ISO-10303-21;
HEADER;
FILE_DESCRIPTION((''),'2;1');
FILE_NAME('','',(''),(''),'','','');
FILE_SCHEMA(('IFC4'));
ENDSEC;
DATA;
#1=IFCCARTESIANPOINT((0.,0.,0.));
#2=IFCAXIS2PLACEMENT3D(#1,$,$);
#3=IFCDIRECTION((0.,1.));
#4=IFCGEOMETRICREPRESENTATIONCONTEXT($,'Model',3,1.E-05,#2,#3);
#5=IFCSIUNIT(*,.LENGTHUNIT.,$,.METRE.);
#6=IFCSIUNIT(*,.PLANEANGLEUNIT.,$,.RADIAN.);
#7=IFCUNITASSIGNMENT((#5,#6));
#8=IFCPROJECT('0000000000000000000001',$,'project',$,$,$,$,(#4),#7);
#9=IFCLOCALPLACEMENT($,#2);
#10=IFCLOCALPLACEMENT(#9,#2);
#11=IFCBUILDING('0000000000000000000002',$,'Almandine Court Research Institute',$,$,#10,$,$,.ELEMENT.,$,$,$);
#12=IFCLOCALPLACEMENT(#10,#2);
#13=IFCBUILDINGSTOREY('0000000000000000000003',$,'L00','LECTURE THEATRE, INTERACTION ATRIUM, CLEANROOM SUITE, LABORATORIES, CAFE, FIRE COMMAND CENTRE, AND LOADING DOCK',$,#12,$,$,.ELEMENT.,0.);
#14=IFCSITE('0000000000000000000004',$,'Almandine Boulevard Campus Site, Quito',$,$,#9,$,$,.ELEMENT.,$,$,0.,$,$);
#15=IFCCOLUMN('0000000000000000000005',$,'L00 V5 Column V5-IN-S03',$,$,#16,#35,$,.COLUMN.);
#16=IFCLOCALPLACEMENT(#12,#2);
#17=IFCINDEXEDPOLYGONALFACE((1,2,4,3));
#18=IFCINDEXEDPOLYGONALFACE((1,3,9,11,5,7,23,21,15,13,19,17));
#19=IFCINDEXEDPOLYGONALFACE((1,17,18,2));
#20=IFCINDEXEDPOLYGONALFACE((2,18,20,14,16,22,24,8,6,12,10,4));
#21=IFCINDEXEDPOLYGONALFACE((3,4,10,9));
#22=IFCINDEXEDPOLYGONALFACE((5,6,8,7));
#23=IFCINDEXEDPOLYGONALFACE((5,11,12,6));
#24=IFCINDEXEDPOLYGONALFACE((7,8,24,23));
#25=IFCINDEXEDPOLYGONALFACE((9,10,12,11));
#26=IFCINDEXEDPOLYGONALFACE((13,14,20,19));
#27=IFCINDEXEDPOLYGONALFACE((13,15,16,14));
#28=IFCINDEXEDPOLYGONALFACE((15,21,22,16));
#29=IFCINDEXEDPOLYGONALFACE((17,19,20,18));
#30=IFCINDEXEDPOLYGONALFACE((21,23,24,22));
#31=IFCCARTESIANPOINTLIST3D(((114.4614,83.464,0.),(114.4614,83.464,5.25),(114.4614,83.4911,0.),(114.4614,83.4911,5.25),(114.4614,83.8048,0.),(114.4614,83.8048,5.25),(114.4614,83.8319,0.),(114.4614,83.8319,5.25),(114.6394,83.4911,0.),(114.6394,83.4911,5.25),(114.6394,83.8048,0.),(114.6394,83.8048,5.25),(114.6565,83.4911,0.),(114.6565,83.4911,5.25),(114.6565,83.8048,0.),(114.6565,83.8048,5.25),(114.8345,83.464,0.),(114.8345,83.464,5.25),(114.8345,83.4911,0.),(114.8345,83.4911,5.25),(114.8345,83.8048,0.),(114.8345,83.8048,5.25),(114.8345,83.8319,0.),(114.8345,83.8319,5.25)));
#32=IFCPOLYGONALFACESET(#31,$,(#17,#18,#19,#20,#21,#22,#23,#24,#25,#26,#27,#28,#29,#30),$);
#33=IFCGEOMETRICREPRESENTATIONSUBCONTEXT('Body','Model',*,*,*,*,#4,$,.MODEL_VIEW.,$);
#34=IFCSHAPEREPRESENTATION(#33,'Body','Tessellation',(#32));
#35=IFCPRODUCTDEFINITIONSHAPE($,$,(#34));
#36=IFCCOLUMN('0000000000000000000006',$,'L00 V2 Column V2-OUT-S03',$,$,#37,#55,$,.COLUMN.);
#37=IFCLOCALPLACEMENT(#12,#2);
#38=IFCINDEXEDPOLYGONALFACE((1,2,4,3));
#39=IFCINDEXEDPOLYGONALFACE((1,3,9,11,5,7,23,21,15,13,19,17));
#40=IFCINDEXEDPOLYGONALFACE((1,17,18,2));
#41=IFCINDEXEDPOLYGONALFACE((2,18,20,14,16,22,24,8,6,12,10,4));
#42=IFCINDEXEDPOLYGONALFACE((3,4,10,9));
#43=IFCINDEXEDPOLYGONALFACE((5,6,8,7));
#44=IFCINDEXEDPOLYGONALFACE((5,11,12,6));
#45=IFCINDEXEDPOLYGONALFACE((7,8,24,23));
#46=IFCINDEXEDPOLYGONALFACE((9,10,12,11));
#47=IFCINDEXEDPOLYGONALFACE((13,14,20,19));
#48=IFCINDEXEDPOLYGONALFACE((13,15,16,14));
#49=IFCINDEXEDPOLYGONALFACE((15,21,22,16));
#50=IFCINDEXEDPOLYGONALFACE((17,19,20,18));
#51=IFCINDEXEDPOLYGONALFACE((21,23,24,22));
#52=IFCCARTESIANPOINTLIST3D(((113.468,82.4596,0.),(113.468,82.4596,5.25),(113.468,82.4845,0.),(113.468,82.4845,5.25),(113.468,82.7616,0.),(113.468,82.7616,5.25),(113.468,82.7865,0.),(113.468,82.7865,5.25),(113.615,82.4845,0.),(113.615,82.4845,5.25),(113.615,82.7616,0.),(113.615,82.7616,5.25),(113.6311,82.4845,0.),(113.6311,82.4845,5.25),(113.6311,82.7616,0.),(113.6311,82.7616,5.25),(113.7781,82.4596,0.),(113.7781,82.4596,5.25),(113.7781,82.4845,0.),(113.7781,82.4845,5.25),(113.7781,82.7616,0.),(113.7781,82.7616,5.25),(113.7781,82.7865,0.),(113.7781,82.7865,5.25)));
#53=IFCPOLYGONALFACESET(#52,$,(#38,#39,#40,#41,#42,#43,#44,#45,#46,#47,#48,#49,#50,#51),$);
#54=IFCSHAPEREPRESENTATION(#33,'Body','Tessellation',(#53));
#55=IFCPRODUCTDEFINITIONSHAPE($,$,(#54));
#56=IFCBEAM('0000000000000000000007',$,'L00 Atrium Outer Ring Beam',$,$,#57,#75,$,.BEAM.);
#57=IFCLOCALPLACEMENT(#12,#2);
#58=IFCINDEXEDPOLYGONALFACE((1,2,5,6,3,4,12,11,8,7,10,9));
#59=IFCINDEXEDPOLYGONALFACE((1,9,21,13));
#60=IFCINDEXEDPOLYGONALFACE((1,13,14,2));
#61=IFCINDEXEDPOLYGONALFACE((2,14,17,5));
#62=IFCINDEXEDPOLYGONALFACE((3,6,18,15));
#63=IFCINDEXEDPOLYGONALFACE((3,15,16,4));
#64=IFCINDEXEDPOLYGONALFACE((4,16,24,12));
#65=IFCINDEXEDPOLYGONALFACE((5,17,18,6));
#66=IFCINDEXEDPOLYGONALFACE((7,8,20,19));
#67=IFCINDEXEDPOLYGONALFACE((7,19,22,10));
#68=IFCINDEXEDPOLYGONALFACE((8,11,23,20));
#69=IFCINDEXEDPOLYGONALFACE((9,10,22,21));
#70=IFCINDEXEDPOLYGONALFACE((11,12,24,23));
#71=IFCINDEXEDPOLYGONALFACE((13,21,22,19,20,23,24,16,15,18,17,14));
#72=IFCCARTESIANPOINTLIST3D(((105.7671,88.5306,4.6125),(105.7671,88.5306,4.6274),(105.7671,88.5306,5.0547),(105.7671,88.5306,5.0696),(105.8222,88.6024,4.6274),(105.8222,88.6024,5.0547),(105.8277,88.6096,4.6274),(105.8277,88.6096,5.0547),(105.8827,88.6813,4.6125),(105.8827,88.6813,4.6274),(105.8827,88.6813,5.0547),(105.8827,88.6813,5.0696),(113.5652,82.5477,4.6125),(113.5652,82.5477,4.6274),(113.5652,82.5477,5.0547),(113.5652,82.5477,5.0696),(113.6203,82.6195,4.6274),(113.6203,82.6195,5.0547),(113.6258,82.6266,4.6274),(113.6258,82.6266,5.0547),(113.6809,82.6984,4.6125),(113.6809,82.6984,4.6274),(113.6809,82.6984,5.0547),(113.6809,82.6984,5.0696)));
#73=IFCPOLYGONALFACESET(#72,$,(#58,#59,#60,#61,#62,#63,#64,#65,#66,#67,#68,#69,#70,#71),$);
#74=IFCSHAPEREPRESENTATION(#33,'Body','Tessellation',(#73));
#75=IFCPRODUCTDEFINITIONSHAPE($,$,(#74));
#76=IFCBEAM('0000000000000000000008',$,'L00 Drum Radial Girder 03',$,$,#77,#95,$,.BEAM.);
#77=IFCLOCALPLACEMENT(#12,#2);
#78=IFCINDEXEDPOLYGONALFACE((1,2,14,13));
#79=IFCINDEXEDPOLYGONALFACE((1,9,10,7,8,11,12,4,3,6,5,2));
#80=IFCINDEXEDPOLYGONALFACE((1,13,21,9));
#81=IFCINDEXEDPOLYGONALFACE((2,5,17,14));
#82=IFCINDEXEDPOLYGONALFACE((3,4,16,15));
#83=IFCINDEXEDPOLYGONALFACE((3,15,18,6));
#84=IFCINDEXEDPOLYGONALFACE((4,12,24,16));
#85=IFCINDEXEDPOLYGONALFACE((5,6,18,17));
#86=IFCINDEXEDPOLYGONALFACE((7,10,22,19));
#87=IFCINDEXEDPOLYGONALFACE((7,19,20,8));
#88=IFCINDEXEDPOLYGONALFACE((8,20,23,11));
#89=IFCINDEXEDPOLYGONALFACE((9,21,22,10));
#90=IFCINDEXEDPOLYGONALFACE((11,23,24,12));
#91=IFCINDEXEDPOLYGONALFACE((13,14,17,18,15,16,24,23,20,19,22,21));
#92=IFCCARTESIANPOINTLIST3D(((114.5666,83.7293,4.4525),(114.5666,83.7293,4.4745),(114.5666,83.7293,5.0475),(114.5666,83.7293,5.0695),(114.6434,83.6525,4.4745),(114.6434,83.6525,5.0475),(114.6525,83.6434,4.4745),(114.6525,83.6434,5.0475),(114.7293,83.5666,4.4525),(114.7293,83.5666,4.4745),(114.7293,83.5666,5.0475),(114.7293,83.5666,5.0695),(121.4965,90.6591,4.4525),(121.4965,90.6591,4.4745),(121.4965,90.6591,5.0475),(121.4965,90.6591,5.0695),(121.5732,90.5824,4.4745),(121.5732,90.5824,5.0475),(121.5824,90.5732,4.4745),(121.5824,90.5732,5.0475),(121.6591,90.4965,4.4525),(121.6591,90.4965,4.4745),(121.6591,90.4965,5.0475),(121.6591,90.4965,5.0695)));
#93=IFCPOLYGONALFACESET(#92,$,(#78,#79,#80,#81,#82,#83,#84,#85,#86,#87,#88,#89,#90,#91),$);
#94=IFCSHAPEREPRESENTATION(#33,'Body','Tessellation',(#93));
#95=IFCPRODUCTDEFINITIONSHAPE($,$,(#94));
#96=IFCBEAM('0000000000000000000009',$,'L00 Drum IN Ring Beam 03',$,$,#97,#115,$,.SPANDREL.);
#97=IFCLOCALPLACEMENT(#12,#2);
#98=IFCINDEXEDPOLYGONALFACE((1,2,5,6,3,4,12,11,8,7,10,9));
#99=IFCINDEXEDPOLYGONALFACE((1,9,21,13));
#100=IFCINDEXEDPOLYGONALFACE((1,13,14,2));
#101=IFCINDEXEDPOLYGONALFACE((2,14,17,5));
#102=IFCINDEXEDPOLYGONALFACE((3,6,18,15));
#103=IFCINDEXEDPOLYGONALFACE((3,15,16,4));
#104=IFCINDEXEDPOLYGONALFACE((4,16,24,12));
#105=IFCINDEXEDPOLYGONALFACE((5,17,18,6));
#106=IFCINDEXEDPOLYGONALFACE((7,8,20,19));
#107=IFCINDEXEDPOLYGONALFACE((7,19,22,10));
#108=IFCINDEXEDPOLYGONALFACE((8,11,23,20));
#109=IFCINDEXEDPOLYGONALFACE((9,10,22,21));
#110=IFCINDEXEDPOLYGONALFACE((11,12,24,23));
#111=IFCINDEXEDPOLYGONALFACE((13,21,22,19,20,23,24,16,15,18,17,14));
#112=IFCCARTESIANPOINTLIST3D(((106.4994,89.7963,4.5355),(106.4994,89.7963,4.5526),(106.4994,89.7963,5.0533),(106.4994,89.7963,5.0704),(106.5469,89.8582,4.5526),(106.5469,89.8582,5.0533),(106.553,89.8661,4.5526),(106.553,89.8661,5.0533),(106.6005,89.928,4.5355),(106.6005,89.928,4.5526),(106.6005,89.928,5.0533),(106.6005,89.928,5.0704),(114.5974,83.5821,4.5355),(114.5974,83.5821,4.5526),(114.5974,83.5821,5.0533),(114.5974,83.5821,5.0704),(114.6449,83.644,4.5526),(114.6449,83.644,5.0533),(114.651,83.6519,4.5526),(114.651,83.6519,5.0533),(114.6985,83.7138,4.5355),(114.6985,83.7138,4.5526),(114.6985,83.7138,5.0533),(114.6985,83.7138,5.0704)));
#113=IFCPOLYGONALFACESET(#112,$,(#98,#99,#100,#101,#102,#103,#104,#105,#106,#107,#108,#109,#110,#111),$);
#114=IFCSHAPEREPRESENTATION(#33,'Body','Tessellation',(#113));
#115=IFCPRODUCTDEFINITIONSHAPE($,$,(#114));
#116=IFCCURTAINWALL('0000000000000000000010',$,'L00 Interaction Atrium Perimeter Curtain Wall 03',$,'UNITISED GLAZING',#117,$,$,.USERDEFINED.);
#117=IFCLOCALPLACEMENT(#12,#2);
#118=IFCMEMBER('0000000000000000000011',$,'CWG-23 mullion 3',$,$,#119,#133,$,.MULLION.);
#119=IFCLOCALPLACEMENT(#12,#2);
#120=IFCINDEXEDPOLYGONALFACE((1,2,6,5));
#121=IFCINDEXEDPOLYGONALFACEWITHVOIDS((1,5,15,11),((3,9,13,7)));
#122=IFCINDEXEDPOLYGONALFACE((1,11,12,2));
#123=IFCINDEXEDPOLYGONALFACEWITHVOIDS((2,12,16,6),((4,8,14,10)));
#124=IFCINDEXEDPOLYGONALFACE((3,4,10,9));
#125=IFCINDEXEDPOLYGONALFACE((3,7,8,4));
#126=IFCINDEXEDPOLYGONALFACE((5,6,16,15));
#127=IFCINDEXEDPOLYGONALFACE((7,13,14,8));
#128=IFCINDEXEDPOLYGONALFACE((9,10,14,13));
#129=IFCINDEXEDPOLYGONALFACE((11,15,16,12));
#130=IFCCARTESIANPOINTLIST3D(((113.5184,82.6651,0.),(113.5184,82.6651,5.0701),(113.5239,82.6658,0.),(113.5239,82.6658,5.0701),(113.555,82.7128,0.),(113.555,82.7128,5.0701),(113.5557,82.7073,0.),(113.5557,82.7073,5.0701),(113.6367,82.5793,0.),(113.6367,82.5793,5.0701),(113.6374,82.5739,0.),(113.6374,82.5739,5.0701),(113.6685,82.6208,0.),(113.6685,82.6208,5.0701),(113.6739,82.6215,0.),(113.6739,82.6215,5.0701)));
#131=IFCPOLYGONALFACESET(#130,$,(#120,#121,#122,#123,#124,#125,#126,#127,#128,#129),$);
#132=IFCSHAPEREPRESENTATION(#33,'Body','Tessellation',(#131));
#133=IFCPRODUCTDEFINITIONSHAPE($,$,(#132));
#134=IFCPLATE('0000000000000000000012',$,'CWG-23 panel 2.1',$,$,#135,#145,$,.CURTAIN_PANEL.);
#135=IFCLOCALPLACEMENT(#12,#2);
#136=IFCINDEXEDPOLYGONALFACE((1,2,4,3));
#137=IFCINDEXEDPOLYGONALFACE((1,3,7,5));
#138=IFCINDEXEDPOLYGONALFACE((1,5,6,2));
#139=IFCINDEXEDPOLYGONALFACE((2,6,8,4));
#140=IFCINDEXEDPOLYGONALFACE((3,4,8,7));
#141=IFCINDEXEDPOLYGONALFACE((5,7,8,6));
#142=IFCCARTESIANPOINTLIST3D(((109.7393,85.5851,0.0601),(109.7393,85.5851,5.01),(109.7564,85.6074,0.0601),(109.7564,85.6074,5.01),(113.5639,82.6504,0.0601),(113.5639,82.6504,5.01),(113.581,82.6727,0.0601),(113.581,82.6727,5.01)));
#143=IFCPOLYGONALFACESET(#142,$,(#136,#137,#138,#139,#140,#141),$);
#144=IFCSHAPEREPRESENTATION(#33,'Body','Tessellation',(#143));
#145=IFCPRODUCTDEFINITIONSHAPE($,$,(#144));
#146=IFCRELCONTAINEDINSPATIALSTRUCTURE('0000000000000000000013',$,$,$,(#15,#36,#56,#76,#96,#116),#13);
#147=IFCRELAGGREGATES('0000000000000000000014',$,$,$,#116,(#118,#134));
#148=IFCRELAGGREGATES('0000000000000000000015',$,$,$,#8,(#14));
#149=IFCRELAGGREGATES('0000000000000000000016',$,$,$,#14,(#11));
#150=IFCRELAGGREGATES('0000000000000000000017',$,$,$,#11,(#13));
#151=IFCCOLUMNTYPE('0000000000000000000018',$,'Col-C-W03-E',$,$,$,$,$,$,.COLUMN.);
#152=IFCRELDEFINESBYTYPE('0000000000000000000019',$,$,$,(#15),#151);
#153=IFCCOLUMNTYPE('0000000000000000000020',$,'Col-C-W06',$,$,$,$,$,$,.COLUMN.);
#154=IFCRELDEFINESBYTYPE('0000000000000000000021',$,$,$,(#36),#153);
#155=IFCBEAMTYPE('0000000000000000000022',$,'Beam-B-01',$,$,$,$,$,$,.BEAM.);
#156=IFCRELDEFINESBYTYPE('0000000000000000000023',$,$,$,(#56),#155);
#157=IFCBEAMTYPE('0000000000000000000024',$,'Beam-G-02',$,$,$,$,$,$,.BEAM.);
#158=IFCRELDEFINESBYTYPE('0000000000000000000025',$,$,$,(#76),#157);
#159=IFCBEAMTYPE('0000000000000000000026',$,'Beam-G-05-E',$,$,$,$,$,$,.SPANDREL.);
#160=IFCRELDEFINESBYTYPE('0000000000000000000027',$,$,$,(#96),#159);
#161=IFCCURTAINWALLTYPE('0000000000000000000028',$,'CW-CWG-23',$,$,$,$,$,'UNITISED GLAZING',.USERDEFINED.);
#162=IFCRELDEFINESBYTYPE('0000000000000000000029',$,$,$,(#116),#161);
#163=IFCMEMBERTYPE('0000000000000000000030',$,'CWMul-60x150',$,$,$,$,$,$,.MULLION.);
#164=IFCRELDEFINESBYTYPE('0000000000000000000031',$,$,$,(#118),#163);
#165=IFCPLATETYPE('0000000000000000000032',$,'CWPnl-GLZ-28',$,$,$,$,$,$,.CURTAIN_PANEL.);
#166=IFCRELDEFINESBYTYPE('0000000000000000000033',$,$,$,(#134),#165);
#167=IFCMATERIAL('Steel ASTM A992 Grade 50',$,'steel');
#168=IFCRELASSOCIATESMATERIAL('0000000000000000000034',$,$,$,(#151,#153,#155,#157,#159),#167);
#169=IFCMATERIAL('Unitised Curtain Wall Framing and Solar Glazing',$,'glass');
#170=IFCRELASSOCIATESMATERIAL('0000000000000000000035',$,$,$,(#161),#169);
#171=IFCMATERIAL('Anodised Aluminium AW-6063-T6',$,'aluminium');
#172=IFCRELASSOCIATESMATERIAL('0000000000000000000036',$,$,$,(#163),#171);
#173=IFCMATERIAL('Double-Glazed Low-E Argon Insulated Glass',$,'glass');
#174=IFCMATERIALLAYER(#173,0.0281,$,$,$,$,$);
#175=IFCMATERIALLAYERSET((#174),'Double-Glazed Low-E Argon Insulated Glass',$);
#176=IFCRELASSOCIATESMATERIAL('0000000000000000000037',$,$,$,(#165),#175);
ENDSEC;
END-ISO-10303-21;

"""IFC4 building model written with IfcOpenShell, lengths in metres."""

from ifc_helpers import new_model, si_unit, direction, frame, origin, origin_2d, place, context, subcontext, project, spatial, rectangle, hollow_rectangle, i_section, extrude, material, layer, layer_set, material_profile, profile_set, type_object, element, aggregate, save


model = new_model("IFC4")

# Units and contexts
model_context = context("Model", 3, precision=1e-05, world=origin(), true_north=direction((0.0, 1.0)))
body_context = subcontext(model_context, "Body", "Model", "MODEL_VIEW")
ifc_project = project(units=[si_unit("LENGTHUNIT", "METRE"), si_unit("PLANEANGLEUNIT", "RADIAN")], contexts=[model_context])

# Site, building, storey
site_placement = place(None, origin())
site = spatial("IfcSite", under=ifc_project, at=site_placement, Name="Almandine Boulevard Campus Site, Quito", CompositionType="ELEMENT", RefElevation=0.0)
building_placement = place(site_placement, origin())
building = spatial("IfcBuilding", under=site, at=building_placement, Name="Almandine Court Research Institute", CompositionType="ELEMENT")
storey_placement = place(building_placement, origin())
storey = spatial("IfcBuildingStorey", under=building, at=storey_placement, Name="L00", Description="LECTURE THEATRE, INTERACTION ATRIUM, CLEANROOM SUITE, LABORATORIES, CAFE, FIRE COMMAND CENTRE, AND LOADING DOCK", CompositionType="ELEMENT", Elevation=0.0)

# Columns
ifc_material_1 = material(Name="Steel ASTM A992 Grade 50", Category="steel")
ifc_material_profile_1 = material_profile(ifc_material_1, i_section(OverallWidth=0.373, OverallDepth=0.3679, WebThickness=0.0171, FlangeThickness=0.0271, at=origin_2d()), Name="W360x179")
ifc_profile_set_1 = profile_set([ifc_material_profile_1], Name="Steel ASTM A992 Grade 50")
column_type_1 = type_object("IfcColumnType", Name="Col-C-W03-E", PredefinedType="COLUMN", material=ifc_profile_set_1)
column_1_placement = place(storey_placement, frame((114.6479, 83.6479, 0.0), z_axis=(0.0, 0.0, 1.0), x_axis=(1.0, 0.0, 0.0)))
element("IfcColumn", 1, at=column_1_placement, inside=storey, type_object=column_type_1, Name="L00 V5 Column V5-IN-S03", PredefinedType="COLUMN", context=body_context, shape_type="SweptSolid", body=[
    extrude(i_section(OverallWidth=0.373, OverallDepth=0.3679, WebThickness=0.0171, FlangeThickness=0.0271, at=origin_2d()), origin(), (0.0, 0.0, 1.0), 5.25),
])
ifc_material_profile_2 = material_profile(ifc_material_1, i_section(OverallWidth=0.3101, OverallDepth=0.3269, WebThickness=0.0161, FlangeThickness=0.0249, at=origin_2d()), Name="W310x158")
ifc_profile_set_2 = profile_set([ifc_material_profile_2], Name="Steel ASTM A992 Grade 50")
column_type_2 = type_object("IfcColumnType", Name="Col-C-W06", PredefinedType="COLUMN", material=ifc_profile_set_2)
column_2_placement = place(storey_placement, frame((113.623, 82.623, 0.0), z_axis=(0.0, 0.0, 1.0), x_axis=(1.0, 0.0, 0.0)))
element("IfcColumn", 2, at=column_2_placement, inside=storey, type_object=column_type_2, Name="L00 V2 Column V2-OUT-S03", PredefinedType="COLUMN", context=body_context, shape_type="SweptSolid", body=[
    extrude(i_section(OverallWidth=0.3101, OverallDepth=0.3269, WebThickness=0.0161, FlangeThickness=0.0249, at=origin_2d()), origin(), (0.0, 0.0, 1.0), 5.25),
])

# Beams
ifc_material_profile_3 = material_profile(ifc_material_1, i_section(OverallWidth=0.1899, OverallDepth=0.457, WebThickness=0.009, FlangeThickness=0.0149, at=origin_2d()), Name="W460x74")
ifc_profile_set_3 = profile_set([ifc_material_profile_3], Name="Steel ASTM A992 Grade 50")
beam_type_1 = type_object("IfcBeamType", Name="Beam-B-01", PredefinedType="BEAM", material=ifc_profile_set_3)
beam_1_placement = place(storey_placement, frame((113.623, 82.623, 4.8411), z_axis=(-0.793392, 0.608712, 0.0), x_axis=(-0.608712, -0.793392, 0.0)))
element("IfcBeam", 3, at=beam_1_placement, inside=storey, type_object=beam_type_1, Name="L00 Atrium Outer Ring Beam", PredefinedType="BEAM", context=body_context, shape_type="SweptSolid", body=[
    extrude(i_section(OverallWidth=0.1899, OverallDepth=0.457, WebThickness=0.009, FlangeThickness=0.0149, at=origin_2d()), origin(), (0.0, 0.0, 1.0), 9.8289),
])
ifc_material_profile_4 = material_profile(ifc_material_1, i_section(OverallWidth=0.23, OverallDepth=0.6169, WebThickness=0.0129, FlangeThickness=0.022, at=origin_2d()), Name="W610x140")
ifc_profile_set_4 = profile_set([ifc_material_profile_4], Name="Steel ASTM A992 Grade 50")
beam_type_2 = type_object("IfcBeamType", Name="Beam-G-02", PredefinedType="BEAM", material=ifc_profile_set_4)
beam_2_placement = place(storey_placement, frame((114.6479, 83.6479, 4.761), z_axis=(0.707107, 0.707107, 0.0), x_axis=(-0.707107, 0.707107, 0.0)))
element("IfcBeam", 4, at=beam_2_placement, inside=storey, type_object=beam_type_2, Name="L00 Drum Radial Girder 03", PredefinedType="BEAM", context=body_context, shape_type="SweptSolid", body=[
    extrude(i_section(OverallWidth=0.23, OverallDepth=0.6169, WebThickness=0.0129, FlangeThickness=0.022, at=origin_2d()), origin(), (0.0, 0.0, 1.0), 9.8003),
])
ifc_material_profile_5 = material_profile(ifc_material_1, i_section(OverallWidth=0.166, OverallDepth=0.5349, WebThickness=0.01, FlangeThickness=0.0171, at=origin_2d()), Name="W530x85")
ifc_profile_set_5 = profile_set([ifc_material_profile_5], Name="Steel ASTM A992 Grade 50")
beam_type_3 = type_object("IfcBeamType", Name="Beam-G-05-E", PredefinedType="SPANDREL", material=ifc_profile_set_5)
beam_3_placement = place(storey_placement, frame((114.6479, 83.6479, 4.803), z_axis=(-0.793336, 0.608784, 0.0), x_axis=(-0.608784, -0.793336, 0.0)))
element("IfcBeam", 5, at=beam_3_placement, inside=storey, type_object=beam_type_3, Name="L00 Drum IN Ring Beam 03", PredefinedType="SPANDREL", context=body_context, shape_type="SweptSolid", body=[
    extrude(i_section(OverallWidth=0.166, OverallDepth=0.5349, WebThickness=0.01, FlangeThickness=0.0171, at=origin_2d()), origin(), (0.0, 0.0, 1.0), 10.2075),
])

# Curtain wall, member, plate
ifc_material_2 = material(Name="Unitised Curtain Wall Framing and Solar Glazing", Category="glass")
curtain_wall_type = type_object("IfcCurtainWallType", Name="CW-CWG-23", ElementType="UNITISED GLAZING", PredefinedType="USERDEFINED", material=ifc_material_2)
curtain_wall_placement = place(storey_placement, origin())
curtain_wall = element("IfcCurtainWall", 6, at=curtain_wall_placement, inside=storey, type_object=curtain_wall_type, Name="L00 Interaction Atrium Perimeter Curtain Wall 03", ObjectType="UNITISED GLAZING", PredefinedType="USERDEFINED")
ifc_material_3 = material(Name="Anodised Aluminium AW-6063-T6", Category="aluminium")
ifc_material_profile_6 = material_profile(ifc_material_3, hollow_rectangle(XDim=0.0601, YDim=0.1499, WallThickness=0.0039, at=origin_2d()), Name="ALU RHS 60x150x4")
ifc_profile_set_6 = profile_set([ifc_material_profile_6], Name="Anodised Aluminium AW-6063-T6")
member_type = type_object("IfcMemberType", Name="CWMul-60x150", PredefinedType="MULLION", material=ifc_profile_set_6)
member_placement = place(storey_placement, frame((113.5962, 82.6433, 0.0), z_axis=(0.0, 0.0, 1.0), x_axis=(0.608761, 0.793354, 0.0)))
member = element("IfcMember", 7, at=member_placement, type_object=member_type, Name="CWG-23 mullion 3", PredefinedType="MULLION", context=body_context, shape_type="SweptSolid", body=[
    extrude(hollow_rectangle(XDim=0.0601, YDim=0.1499, WallThickness=0.0039, at=origin_2d()), origin(), (0.0, 0.0, 1.0), 5.0701),
])
ifc_material_4 = material(Name="Double-Glazed Low-E Argon Insulated Glass", Category="glass")
ifc_layer_1 = layer(ifc_material_4, 0.0281)
ifc_layer_set_1 = layer_set([ifc_layer_1], Name="Double-Glazed Low-E Argon Insulated Glass")
plate_type = type_object("IfcPlateType", Name="CWPnl-GLZ-28", PredefinedType="CURTAIN_PANEL", material=ifc_layer_set_1)
plate_placement = place(storey_placement, frame((111.6602, 84.1289, 0.0601), z_axis=(0.0, 0.0, 1.0), x_axis=(0.793354, -0.608761, 0.0)))
plate = element("IfcPlate", 8, at=plate_placement, type_object=plate_type, Name="CWG-23 panel 2.1", PredefinedType="CURTAIN_PANEL", context=body_context, shape_type="SweptSolid", body=[
    extrude(rectangle(XDim=4.8208, YDim=0.0281, at=origin_2d()), origin(), (0.0, 0.0, 1.0), 4.95),
])
aggregate(curtain_wall, [member, plate])

save(model, "model.ifc")
